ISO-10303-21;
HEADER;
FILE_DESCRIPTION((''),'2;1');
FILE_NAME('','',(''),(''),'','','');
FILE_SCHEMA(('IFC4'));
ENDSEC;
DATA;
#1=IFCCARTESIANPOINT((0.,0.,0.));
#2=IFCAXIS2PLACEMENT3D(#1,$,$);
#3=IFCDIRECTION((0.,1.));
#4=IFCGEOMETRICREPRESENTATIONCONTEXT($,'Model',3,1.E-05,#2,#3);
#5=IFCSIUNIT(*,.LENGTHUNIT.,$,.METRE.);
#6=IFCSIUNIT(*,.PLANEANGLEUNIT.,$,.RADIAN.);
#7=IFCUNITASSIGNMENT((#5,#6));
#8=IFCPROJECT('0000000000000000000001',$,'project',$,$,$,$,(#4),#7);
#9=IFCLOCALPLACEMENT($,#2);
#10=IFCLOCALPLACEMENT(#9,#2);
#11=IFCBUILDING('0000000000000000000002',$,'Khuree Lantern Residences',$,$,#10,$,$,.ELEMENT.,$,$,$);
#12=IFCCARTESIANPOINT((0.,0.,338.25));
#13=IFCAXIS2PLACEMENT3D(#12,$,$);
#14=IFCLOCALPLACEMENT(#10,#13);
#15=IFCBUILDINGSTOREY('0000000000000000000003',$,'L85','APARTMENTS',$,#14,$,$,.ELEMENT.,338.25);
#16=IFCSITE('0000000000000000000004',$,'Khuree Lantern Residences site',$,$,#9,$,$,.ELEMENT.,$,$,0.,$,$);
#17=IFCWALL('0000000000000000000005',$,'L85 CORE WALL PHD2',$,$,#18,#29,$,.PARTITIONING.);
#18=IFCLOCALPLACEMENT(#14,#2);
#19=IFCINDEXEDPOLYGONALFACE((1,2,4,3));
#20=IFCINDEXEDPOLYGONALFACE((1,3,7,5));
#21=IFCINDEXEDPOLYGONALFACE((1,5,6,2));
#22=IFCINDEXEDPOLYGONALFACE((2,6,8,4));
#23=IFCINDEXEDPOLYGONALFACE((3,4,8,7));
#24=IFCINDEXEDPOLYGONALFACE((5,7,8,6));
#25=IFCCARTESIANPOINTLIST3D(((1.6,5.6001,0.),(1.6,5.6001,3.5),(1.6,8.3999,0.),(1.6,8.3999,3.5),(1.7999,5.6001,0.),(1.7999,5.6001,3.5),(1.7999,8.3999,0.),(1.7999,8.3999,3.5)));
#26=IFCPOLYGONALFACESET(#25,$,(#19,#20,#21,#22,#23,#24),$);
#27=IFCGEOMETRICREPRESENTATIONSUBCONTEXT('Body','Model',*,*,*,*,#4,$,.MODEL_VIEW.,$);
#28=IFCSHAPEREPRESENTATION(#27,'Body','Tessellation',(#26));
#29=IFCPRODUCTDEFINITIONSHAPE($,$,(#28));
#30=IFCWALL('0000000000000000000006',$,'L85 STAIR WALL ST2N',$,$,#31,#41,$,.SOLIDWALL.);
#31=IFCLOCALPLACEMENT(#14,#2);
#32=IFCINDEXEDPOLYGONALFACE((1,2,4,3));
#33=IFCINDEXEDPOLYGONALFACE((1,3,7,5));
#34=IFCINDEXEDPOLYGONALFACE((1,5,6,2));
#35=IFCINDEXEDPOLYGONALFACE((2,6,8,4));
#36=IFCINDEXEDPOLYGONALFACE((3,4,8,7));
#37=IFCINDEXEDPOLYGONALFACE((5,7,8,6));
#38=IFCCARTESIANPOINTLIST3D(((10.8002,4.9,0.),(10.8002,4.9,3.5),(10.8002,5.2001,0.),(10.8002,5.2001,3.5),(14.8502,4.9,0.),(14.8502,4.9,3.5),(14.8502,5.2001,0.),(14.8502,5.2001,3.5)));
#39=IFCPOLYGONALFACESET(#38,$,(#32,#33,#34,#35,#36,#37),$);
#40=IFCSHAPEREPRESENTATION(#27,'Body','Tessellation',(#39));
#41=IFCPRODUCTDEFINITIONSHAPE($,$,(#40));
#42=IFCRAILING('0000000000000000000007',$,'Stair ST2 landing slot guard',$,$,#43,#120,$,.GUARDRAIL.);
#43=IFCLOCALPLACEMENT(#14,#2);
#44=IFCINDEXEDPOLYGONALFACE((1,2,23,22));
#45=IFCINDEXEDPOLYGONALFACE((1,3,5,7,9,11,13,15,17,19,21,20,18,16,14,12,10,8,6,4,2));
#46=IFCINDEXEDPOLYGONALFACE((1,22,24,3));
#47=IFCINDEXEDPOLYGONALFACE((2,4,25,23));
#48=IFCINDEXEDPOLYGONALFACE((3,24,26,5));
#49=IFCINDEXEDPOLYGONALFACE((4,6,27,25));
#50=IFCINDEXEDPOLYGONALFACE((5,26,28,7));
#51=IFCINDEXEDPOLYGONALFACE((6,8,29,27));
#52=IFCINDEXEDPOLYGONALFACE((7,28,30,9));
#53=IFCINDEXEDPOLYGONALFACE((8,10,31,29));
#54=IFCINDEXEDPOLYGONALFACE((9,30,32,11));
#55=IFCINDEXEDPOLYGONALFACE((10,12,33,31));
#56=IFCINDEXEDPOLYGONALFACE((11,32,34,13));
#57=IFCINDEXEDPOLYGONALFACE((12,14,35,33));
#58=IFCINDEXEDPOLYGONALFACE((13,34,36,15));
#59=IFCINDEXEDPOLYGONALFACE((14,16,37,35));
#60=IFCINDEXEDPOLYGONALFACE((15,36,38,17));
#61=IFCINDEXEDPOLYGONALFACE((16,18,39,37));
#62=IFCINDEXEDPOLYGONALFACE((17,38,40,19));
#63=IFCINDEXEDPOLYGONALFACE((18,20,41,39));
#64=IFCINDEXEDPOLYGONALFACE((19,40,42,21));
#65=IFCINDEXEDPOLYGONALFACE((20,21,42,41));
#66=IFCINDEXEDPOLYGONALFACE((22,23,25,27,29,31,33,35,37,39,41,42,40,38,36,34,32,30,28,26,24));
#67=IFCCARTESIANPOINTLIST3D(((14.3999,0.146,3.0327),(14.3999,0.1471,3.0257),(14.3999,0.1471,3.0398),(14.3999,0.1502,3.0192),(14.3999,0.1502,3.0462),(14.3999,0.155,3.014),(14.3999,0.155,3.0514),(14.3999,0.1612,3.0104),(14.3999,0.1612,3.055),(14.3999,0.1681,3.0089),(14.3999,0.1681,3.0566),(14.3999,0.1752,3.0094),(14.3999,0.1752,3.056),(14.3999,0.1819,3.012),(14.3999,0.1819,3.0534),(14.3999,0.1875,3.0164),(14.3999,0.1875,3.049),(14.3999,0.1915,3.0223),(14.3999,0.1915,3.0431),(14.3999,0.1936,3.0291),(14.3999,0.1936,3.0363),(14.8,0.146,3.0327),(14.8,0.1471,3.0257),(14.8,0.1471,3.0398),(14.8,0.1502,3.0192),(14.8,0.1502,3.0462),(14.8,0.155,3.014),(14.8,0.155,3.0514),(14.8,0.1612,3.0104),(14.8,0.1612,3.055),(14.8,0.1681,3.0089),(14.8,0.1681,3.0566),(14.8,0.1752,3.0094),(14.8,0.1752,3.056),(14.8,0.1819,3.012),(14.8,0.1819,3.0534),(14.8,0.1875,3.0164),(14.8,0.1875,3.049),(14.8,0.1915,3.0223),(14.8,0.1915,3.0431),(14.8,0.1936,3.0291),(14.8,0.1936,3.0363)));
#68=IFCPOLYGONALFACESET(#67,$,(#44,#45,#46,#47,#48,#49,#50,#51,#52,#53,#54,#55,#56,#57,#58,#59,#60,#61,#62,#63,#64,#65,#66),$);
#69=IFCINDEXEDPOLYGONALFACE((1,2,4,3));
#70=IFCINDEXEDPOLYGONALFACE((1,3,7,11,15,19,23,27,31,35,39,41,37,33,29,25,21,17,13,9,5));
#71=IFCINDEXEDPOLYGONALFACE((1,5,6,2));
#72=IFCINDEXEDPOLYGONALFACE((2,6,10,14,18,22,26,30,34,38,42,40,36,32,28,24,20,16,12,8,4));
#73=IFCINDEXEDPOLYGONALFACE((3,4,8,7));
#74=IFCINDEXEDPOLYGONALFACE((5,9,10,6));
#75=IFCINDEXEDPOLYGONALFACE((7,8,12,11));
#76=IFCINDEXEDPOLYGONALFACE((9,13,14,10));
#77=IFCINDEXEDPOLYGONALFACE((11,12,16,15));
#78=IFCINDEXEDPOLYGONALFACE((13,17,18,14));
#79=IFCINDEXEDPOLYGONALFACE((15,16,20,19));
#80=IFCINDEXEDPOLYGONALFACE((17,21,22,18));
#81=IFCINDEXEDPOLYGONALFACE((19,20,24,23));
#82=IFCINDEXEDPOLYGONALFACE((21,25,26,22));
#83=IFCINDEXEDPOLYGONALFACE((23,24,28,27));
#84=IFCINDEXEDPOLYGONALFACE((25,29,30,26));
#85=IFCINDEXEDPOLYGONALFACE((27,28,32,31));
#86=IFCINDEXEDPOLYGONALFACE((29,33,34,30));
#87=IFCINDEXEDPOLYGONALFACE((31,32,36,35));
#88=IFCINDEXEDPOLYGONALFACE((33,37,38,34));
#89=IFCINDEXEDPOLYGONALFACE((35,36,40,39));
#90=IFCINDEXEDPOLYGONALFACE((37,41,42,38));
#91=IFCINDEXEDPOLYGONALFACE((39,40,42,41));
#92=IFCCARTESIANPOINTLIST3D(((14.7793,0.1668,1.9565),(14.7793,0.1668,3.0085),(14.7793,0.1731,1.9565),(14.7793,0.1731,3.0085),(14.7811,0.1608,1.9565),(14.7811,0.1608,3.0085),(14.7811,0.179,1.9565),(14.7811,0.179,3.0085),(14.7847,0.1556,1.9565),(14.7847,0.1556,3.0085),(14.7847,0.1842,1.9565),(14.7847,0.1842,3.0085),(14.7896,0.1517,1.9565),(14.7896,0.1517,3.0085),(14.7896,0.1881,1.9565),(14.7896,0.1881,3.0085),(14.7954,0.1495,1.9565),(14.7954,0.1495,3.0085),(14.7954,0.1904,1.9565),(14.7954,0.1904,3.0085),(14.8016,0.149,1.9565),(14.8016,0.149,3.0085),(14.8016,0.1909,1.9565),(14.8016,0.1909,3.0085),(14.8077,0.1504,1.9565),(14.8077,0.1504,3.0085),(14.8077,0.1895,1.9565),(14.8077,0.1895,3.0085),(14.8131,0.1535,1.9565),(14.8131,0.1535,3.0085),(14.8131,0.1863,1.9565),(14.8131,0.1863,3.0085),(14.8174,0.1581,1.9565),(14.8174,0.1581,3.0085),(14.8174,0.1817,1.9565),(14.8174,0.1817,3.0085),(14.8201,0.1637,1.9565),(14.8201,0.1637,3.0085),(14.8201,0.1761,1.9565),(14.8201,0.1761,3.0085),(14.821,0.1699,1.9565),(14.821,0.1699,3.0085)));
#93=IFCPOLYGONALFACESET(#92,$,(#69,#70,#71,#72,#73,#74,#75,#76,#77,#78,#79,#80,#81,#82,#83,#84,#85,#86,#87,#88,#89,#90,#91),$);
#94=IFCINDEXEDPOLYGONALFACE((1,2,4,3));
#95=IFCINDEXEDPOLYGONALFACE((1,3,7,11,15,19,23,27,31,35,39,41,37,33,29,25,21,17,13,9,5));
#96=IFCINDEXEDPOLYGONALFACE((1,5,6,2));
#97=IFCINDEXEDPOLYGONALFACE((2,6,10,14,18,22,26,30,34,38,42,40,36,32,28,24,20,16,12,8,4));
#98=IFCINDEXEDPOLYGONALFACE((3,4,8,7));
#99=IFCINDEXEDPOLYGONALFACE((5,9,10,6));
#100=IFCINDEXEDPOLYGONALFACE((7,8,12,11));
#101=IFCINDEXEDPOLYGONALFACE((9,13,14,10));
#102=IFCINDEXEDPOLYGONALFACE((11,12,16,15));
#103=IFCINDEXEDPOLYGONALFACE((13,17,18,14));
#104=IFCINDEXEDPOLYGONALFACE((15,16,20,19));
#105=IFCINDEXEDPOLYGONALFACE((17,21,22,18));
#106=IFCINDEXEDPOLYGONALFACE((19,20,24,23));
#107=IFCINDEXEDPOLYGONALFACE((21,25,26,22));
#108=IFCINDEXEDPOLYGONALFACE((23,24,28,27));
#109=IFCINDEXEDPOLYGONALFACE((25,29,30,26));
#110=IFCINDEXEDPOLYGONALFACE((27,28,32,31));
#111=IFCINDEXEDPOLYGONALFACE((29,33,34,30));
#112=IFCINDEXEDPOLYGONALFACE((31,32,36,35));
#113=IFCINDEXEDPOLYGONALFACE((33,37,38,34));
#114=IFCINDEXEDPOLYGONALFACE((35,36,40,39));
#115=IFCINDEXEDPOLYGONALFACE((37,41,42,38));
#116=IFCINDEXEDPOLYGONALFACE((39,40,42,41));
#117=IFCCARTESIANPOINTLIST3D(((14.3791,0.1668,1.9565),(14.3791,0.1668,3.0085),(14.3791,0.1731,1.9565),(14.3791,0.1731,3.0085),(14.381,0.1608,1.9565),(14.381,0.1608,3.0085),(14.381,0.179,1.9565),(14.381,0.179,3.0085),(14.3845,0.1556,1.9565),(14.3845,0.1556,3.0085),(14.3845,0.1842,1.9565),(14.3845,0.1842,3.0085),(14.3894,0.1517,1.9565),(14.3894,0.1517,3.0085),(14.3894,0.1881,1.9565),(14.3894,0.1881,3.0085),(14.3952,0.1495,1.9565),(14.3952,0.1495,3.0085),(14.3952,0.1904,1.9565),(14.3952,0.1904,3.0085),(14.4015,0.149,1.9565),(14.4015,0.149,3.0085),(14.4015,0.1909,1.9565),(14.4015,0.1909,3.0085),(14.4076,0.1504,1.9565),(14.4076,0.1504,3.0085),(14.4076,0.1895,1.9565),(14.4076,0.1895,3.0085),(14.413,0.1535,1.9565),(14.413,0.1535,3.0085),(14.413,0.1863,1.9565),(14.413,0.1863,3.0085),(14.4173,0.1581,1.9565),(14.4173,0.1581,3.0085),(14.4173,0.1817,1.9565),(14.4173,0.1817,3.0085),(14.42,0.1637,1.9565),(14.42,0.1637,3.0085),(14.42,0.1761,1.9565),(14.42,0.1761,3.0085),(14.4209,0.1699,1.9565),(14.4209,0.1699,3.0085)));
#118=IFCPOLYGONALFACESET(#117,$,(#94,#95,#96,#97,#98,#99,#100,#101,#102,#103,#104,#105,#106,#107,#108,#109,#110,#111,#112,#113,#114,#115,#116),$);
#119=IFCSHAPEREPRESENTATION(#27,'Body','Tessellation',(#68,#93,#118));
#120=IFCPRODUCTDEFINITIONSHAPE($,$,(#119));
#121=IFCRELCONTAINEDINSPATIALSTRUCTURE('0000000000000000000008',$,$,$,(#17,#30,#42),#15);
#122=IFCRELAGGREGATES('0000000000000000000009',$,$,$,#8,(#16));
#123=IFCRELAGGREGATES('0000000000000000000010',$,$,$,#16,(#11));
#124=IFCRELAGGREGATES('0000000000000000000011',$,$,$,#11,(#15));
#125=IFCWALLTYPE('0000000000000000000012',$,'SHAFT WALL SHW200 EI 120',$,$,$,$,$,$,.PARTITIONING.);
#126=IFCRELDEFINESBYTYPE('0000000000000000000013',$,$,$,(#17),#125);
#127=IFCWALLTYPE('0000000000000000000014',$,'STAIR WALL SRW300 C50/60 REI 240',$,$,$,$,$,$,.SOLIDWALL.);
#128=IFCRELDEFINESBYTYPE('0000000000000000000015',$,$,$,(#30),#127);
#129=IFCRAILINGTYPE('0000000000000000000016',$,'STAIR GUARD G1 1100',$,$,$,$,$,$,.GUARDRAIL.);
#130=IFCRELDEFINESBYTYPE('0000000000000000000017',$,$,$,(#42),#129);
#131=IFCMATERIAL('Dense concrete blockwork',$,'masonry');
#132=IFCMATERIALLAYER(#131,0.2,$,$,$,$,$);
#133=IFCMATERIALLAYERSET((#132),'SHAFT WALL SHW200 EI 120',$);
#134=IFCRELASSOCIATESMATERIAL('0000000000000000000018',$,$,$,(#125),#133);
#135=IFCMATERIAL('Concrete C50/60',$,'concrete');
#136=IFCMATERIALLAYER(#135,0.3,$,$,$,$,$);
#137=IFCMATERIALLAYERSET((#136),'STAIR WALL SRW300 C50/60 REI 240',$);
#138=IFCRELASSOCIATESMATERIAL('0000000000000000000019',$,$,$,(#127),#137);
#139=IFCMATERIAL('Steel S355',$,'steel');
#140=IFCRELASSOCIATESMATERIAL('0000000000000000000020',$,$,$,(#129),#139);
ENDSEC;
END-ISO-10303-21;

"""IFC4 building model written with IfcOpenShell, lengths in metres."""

from ifc_helpers import new_model, si_unit, direction, frame, frame_2d, origin, origin_2d, place, context, subcontext, project, spatial, rectangle, circle, extrude, material, layer, layer_set, type_object, element, save


model = new_model("IFC4")

# Units and contexts
model_context = context("Model", 3, precision=1e-05, world=origin(), true_north=direction((0.0, 1.0)))
body_context = subcontext(model_context, "Body", "Model", "MODEL_VIEW")
ifc_project = project(units=[si_unit("LENGTHUNIT", "METRE"), si_unit("PLANEANGLEUNIT", "RADIAN")], contexts=[model_context])

# Site, building, storey
site_placement = place(None, origin())
site = spatial("IfcSite", under=ifc_project, at=site_placement, Name="Khuree Lantern Residences site", CompositionType="ELEMENT", RefElevation=0.0)
building_placement = place(site_placement, origin())
building = spatial("IfcBuilding", under=site, at=building_placement, Name="Khuree Lantern Residences", CompositionType="ELEMENT")
storey_placement = place(building_placement, frame((0.0, 0.0, 338.25)))
storey = spatial("IfcBuildingStorey", under=building, at=storey_placement, Name="L85", Description="APARTMENTS", CompositionType="ELEMENT", Elevation=338.25)

# Shared definitions
ifc_material_1 = material(Name="Concrete C50/60", Category="concrete")

# Shared definitions
ifc_material_2 = material(Name="Steel S355", Category="steel")

# Shared definitions
ifc_material_3 = material(Name="Dense concrete blockwork", Category="masonry")

# Walls
ifc_layer_1 = layer(ifc_material_3, 0.2)
ifc_layer_set_1 = layer_set([ifc_layer_1], Name="SHAFT WALL SHW200 EI 120")
wall_type_1 = type_object("IfcWallType", Name="SHAFT WALL SHW200 EI 120", PredefinedType="PARTITIONING", material=ifc_layer_set_1)
wall_1_placement = place(storey_placement, frame((1.7, 5.6001, 0.0), z_axis=(0.0, 0.0, 1.0), x_axis=(0.0, 1.0, 0.0)))
element("IfcWall", 1, at=wall_1_placement, inside=storey, type_object=wall_type_1, Name="L85 CORE WALL PHD2", PredefinedType="PARTITIONING", context=body_context, shape_type="SweptSolid", body=[
    extrude(rectangle(XDim=2.7998, YDim=0.2, at=frame_2d((1.3999, 0.0))), origin(), (0.0, 0.0, 1.0), 3.5),
])
ifc_layer_2 = layer(ifc_material_1, 0.3)
ifc_layer_set_2 = layer_set([ifc_layer_2], Name="STAIR WALL SRW300 C50/60 REI 240")
wall_type_2 = type_object("IfcWallType", Name="STAIR WALL SRW300 C50/60 REI 240", PredefinedType="SOLIDWALL", material=ifc_layer_set_2)
wall_2_placement = place(storey_placement, frame((14.8501, 5.05, 0.0), z_axis=(0.0, 0.0, 1.0), x_axis=(-1.0, 0.0, 0.0)))
element("IfcWall", 2, at=wall_2_placement, inside=storey, type_object=wall_type_2, Name="L85 STAIR WALL ST2N", PredefinedType="SOLIDWALL", context=body_context, shape_type="SweptSolid", body=[
    extrude(rectangle(XDim=4.05, YDim=0.3, at=frame_2d((2.0249, 0.0))), origin(), (0.0, 0.0, 1.0), 3.5),
])

# Railing
railing_type = type_object("IfcRailingType", Name="STAIR GUARD G1 1100", PredefinedType="GUARDRAIL", material=ifc_material_2)
railing_placement = place(storey_placement, frame((14.8, 0.1699, 1.9565)))
element("IfcRailing", 3, at=railing_placement, inside=storey, type_object=railing_type, Name="Stair ST2 landing slot guard", PredefinedType="GUARDRAIL", context=body_context, shape_type="SweptSolid", body=[
    extrude(circle(Radius=0.0239, at=origin_2d()), frame((0.0, 0.0, 1.0762), z_axis=(-1.0, 0.0, 0.0), x_axis=(0.0, -1.0, 0.0)), (0.0, 0.0, 1.0), 0.4001),
    extrude(circle(Radius=0.021, at=origin_2d()), origin(), (0.0, 0.0, 1.0), 1.052),
    extrude(circle(Radius=0.021, at=origin_2d()), frame((-0.4001, 0.0, 0.0)), (0.0, 0.0, 1.0), 1.052),
])

save(model, "model.ifc")
